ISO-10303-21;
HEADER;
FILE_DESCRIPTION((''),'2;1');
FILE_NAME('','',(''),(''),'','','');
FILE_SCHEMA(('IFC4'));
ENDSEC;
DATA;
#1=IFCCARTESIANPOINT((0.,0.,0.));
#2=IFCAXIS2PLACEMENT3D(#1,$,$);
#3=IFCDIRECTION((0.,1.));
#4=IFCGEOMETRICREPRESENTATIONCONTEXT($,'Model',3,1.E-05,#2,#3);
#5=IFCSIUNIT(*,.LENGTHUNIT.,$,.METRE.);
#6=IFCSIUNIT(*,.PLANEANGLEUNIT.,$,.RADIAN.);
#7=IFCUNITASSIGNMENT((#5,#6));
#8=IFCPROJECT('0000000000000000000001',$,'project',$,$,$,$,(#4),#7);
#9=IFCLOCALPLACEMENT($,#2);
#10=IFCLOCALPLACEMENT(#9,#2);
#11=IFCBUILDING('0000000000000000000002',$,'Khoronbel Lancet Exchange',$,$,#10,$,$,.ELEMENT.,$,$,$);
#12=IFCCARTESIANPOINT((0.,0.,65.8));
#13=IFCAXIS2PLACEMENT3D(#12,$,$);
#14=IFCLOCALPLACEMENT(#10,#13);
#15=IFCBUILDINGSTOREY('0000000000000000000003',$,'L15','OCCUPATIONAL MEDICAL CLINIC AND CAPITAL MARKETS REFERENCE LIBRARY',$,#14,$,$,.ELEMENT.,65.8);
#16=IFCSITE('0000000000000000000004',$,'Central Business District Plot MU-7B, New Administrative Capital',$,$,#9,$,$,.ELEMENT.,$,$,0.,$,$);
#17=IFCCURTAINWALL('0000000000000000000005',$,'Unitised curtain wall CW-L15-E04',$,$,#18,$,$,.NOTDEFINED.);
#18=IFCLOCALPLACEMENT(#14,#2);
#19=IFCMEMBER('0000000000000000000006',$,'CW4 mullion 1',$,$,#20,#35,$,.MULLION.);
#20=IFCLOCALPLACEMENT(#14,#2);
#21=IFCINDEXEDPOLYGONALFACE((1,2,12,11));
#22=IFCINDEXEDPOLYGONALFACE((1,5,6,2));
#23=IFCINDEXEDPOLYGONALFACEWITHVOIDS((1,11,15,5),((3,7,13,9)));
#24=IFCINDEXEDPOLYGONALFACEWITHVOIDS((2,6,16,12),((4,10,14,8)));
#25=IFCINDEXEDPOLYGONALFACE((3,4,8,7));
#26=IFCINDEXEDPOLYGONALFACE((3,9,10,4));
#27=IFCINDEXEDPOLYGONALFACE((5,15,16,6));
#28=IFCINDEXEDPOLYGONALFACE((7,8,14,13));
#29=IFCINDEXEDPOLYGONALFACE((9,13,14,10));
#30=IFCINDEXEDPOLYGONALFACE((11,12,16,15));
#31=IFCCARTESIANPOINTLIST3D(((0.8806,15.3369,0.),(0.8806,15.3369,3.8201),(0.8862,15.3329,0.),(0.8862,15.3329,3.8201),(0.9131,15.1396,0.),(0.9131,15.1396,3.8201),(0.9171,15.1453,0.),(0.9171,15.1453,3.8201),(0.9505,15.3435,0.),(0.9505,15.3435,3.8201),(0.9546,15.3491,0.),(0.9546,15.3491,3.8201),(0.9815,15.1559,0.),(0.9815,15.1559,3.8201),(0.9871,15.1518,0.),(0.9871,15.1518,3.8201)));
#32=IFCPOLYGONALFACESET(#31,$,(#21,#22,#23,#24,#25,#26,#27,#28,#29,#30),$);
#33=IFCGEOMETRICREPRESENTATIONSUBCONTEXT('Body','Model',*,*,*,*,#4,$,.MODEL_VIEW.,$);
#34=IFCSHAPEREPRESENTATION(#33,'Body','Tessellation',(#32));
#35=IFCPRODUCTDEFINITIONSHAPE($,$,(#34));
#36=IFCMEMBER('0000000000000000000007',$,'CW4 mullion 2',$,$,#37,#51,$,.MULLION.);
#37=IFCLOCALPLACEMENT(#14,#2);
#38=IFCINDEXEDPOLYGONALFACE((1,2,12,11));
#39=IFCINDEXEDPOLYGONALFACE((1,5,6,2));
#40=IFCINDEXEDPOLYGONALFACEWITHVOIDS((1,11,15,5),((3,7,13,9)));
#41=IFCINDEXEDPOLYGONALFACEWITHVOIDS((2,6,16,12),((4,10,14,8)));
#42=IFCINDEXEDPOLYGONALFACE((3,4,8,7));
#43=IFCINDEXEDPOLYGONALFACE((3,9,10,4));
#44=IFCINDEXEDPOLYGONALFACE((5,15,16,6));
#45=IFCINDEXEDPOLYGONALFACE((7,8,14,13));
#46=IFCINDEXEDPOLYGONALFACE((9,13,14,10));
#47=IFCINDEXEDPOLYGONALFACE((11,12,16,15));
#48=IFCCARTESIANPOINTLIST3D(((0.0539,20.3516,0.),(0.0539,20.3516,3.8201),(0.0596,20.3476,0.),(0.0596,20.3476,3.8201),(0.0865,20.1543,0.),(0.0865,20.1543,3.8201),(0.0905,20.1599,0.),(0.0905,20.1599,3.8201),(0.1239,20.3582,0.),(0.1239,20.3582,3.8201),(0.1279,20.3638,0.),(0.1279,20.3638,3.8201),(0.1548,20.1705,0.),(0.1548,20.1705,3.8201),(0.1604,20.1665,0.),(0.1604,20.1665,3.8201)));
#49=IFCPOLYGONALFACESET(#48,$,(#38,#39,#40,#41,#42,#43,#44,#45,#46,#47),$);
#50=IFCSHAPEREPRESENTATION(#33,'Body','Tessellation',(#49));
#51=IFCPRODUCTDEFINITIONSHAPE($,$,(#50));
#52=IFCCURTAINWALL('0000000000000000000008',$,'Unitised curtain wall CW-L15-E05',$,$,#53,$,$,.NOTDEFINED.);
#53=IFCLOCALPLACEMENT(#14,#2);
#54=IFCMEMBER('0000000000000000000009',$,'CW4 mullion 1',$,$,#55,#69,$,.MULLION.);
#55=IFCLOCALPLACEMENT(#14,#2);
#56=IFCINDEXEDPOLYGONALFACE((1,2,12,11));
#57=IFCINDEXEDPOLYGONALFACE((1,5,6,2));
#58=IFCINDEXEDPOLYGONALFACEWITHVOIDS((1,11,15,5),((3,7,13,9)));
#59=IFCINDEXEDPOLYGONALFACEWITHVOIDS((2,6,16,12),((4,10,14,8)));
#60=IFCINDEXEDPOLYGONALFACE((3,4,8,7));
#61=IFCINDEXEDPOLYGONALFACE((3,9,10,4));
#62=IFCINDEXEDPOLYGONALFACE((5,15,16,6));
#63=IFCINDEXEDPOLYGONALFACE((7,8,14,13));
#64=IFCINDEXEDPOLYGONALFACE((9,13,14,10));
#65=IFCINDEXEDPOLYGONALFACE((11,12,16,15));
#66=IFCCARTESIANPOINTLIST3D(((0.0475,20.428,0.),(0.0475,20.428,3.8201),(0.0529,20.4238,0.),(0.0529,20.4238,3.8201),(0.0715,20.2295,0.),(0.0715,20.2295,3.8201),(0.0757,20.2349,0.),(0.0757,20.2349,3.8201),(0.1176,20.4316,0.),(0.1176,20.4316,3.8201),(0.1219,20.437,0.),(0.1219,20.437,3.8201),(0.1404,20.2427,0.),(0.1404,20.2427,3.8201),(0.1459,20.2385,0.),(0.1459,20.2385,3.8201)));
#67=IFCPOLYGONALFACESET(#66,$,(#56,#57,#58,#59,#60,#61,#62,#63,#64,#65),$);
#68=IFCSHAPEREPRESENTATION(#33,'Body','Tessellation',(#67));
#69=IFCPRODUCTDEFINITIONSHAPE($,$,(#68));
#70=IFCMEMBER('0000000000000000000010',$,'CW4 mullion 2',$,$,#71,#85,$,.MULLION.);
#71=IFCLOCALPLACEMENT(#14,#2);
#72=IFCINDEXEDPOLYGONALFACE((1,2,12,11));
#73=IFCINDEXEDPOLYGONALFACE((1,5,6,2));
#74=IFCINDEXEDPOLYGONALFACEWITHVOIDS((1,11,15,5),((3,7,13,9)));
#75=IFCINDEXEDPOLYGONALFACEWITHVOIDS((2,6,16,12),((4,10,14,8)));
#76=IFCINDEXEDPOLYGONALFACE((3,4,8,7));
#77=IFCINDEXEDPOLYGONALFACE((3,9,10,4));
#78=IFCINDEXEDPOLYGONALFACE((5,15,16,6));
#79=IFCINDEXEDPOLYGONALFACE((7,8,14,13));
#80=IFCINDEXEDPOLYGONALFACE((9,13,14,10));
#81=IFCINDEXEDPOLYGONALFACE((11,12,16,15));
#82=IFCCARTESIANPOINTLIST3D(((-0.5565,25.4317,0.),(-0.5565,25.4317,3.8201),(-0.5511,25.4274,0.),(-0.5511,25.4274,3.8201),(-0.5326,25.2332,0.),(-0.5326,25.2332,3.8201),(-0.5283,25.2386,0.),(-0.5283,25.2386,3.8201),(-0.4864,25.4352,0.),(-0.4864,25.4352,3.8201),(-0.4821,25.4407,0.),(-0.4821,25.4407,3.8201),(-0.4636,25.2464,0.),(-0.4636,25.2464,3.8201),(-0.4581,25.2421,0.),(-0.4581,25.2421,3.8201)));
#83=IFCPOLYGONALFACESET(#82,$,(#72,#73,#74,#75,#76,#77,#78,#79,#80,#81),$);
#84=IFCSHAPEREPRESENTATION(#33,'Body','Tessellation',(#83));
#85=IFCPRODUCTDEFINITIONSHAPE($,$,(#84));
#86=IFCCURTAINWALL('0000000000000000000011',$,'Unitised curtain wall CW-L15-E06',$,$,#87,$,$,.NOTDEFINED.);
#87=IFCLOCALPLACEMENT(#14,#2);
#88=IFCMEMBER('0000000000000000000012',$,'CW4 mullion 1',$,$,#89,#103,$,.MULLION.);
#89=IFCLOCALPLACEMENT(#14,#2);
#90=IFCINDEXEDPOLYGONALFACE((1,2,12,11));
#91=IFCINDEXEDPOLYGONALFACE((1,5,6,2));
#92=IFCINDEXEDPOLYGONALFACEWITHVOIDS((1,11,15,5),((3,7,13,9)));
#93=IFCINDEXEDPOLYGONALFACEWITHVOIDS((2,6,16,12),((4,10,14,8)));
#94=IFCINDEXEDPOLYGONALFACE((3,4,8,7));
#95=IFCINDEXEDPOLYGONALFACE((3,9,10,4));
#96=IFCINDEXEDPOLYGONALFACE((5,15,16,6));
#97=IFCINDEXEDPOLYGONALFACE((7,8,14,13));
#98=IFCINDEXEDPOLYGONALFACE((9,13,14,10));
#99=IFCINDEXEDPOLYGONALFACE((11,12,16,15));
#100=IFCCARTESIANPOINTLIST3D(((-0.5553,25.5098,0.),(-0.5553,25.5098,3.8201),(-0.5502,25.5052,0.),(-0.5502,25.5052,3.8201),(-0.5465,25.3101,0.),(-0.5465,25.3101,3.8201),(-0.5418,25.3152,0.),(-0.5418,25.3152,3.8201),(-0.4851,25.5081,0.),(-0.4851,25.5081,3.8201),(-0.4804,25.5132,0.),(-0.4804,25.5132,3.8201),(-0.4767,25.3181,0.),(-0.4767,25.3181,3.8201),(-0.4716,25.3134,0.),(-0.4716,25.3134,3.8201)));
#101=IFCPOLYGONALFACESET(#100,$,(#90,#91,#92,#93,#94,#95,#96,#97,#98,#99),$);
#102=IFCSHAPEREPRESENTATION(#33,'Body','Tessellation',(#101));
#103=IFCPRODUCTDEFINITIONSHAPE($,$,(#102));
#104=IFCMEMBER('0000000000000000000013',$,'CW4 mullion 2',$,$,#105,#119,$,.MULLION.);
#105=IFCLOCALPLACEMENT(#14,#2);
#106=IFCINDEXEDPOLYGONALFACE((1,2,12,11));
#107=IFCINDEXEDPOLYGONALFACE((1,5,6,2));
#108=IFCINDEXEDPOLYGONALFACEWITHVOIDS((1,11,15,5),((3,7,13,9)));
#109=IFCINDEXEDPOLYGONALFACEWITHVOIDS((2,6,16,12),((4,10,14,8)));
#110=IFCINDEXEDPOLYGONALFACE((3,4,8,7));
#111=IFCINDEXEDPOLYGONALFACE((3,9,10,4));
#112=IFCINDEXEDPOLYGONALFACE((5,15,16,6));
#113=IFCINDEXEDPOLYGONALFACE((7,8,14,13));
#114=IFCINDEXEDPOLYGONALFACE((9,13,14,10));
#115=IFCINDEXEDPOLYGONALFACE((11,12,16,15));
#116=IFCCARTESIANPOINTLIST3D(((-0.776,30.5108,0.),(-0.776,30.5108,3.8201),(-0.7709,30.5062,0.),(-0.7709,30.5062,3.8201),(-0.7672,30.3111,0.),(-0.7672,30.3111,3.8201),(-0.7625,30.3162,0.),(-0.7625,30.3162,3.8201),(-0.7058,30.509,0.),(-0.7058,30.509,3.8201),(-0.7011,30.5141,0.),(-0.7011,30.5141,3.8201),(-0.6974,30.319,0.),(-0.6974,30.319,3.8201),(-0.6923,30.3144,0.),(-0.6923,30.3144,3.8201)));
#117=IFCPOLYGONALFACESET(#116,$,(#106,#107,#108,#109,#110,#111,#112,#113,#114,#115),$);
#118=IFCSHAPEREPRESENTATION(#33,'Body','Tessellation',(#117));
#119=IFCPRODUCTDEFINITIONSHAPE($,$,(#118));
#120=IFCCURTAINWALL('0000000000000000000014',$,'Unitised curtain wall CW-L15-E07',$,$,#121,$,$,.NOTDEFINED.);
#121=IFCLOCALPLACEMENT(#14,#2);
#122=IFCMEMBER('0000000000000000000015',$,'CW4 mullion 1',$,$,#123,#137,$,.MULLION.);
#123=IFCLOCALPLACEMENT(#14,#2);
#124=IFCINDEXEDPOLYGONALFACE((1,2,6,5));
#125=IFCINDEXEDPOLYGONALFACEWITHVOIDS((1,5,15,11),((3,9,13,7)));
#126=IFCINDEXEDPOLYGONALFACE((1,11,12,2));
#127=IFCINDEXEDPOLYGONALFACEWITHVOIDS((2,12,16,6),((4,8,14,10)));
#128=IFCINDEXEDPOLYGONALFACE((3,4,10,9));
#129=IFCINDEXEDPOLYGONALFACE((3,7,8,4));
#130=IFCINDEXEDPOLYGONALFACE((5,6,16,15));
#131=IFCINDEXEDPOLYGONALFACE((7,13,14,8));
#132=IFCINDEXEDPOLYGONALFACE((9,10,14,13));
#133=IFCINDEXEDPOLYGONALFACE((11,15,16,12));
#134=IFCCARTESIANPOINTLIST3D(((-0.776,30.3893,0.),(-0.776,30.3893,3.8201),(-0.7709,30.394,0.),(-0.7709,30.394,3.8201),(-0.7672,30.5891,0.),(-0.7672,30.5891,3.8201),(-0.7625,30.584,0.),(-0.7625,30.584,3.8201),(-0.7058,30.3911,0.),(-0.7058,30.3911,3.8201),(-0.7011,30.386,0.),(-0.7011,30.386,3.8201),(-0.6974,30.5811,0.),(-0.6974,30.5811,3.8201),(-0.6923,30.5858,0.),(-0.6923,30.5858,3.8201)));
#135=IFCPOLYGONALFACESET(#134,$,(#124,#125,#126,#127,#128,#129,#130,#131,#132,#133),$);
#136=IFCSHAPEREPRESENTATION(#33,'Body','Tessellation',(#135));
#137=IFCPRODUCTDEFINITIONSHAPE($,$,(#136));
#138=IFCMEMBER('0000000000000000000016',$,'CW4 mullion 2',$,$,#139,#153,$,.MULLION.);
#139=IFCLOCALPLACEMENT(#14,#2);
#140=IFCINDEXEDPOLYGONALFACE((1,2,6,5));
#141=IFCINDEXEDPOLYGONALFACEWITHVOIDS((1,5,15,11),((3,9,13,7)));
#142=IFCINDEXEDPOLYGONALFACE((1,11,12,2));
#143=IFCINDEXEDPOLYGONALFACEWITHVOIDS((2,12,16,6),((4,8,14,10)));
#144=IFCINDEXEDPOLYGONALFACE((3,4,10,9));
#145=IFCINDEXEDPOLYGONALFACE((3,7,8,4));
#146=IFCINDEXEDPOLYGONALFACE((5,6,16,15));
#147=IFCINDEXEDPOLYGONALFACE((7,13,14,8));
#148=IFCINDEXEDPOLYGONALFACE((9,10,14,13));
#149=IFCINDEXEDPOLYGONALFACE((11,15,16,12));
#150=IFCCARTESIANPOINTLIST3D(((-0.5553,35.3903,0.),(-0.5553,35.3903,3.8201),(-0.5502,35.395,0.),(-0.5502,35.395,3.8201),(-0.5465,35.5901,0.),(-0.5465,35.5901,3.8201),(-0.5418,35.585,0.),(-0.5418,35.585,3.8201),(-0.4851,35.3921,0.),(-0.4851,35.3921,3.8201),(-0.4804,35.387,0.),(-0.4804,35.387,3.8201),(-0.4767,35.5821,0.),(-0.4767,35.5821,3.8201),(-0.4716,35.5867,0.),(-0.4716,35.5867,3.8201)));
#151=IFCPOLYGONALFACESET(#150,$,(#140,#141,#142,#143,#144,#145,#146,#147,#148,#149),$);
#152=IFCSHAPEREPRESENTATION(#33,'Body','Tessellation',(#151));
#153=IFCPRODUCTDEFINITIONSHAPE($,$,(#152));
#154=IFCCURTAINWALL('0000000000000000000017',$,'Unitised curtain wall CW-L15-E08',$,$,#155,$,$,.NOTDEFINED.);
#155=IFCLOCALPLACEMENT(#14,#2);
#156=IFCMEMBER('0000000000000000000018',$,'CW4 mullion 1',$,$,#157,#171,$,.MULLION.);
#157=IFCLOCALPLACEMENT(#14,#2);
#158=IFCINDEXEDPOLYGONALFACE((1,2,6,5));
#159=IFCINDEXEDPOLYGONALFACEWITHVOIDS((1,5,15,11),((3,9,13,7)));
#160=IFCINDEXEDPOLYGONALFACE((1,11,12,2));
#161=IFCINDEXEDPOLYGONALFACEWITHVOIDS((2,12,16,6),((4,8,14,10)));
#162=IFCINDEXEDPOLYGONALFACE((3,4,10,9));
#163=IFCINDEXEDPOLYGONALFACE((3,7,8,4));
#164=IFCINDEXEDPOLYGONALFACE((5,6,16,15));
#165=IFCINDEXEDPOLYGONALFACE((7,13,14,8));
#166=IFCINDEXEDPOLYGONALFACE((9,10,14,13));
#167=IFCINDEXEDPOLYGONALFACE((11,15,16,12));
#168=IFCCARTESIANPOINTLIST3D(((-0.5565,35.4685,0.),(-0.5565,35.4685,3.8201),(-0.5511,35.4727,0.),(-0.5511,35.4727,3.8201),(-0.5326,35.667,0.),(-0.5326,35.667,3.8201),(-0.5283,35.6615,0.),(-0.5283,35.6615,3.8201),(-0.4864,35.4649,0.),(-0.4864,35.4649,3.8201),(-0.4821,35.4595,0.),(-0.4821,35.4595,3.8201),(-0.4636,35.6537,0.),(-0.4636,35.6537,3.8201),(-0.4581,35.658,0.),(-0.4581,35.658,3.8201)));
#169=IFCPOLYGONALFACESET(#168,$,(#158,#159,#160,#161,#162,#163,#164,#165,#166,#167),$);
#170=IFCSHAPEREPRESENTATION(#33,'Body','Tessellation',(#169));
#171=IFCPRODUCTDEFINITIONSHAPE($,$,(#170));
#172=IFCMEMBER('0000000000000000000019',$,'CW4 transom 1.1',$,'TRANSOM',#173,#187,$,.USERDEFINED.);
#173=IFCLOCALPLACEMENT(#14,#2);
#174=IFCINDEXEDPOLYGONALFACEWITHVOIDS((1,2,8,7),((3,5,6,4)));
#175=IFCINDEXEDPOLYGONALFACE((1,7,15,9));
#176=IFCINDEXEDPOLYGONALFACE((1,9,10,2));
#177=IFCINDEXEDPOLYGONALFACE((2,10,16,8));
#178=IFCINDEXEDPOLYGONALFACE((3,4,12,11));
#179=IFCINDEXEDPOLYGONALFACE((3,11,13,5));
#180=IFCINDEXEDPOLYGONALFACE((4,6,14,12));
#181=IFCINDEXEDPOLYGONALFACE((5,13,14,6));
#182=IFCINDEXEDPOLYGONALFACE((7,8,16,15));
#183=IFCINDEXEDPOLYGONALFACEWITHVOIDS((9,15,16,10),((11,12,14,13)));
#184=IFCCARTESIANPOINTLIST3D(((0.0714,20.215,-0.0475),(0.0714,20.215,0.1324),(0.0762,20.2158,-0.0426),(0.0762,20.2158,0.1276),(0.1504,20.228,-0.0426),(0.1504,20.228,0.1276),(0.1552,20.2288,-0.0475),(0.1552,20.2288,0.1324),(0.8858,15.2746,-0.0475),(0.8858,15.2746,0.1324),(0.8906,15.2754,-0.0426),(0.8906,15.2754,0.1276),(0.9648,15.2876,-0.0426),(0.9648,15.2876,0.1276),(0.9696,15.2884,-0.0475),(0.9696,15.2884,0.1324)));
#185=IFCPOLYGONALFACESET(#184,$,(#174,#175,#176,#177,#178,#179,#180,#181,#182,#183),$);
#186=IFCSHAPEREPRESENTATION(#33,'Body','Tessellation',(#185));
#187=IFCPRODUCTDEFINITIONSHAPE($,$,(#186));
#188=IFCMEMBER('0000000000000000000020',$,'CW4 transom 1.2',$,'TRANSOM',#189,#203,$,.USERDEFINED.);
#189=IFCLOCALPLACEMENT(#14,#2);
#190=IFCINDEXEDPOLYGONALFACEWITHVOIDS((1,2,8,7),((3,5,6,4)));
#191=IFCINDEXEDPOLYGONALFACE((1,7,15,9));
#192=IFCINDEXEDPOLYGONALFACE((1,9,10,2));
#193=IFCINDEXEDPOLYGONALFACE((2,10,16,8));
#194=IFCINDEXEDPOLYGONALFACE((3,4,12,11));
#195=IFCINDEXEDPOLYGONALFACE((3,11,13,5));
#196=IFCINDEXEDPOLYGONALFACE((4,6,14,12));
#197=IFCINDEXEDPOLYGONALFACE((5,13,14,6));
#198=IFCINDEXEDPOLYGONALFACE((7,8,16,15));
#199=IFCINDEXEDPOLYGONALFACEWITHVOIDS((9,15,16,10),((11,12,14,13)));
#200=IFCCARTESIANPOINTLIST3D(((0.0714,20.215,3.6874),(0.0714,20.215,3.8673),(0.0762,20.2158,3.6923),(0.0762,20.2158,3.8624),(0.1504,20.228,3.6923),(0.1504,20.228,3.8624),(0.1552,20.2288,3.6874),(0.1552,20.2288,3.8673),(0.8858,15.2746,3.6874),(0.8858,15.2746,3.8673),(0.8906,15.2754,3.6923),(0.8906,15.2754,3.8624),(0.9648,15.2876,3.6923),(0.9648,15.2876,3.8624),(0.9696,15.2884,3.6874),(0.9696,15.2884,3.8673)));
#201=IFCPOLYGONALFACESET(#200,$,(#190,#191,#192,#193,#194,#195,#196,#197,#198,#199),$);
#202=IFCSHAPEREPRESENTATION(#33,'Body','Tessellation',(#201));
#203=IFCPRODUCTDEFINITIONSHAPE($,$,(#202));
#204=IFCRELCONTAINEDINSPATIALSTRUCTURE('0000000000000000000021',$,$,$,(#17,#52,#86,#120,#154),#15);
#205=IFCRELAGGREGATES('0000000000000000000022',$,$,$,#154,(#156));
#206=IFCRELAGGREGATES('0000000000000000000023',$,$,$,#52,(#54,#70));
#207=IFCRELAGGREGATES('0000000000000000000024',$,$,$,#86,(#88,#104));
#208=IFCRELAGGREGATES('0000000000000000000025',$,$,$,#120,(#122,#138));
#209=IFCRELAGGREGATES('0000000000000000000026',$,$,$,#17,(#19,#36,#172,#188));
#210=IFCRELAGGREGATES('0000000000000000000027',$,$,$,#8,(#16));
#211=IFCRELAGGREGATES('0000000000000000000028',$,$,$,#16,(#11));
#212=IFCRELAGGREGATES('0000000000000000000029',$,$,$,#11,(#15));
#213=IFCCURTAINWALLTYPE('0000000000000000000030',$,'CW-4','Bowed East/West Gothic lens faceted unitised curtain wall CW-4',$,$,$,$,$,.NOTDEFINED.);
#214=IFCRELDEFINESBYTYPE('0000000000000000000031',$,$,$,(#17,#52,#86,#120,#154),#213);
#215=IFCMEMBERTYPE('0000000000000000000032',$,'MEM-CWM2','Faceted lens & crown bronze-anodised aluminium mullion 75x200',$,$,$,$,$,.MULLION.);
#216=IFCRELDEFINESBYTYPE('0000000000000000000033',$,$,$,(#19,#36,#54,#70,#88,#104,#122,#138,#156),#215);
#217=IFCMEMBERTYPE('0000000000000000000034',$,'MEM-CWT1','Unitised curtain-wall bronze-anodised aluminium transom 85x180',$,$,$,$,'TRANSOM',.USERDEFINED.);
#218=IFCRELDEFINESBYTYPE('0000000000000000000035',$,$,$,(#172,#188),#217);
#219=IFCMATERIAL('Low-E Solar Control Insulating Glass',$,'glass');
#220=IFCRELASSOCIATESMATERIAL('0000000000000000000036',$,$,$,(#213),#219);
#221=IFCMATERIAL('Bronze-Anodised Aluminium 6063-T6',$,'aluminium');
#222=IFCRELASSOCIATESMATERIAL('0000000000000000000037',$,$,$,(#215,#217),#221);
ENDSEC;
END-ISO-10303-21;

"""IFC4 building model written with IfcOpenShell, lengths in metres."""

from ifc_helpers import new_model, si_unit, direction, frame, origin, origin_2d, place, context, subcontext, project, spatial, hollow_rectangle, extrude, material, material_profile, profile_set, type_object, element, aggregate, save


model = new_model("IFC4")

# Units and contexts
model_context = context("Model", 3, precision=1e-05, world=origin(), true_north=direction((0.0, 1.0)))
body_context = subcontext(model_context, "Body", "Model", "MODEL_VIEW")
ifc_project = project(units=[si_unit("LENGTHUNIT", "METRE"), si_unit("PLANEANGLEUNIT", "RADIAN")], contexts=[model_context])

# Site, building, storey
site_placement = place(None, origin())
site = spatial("IfcSite", under=ifc_project, at=site_placement, Name="Central Business District Plot MU-7B, New Administrative Capital", CompositionType="ELEMENT", RefElevation=0.0)
building_placement = place(site_placement, origin())
building = spatial("IfcBuilding", under=site, at=building_placement, Name="Khoronbel Lancet Exchange", CompositionType="ELEMENT")
storey_placement = place(building_placement, frame((0.0, 0.0, 65.8)))
storey = spatial("IfcBuildingStorey", under=building, at=storey_placement, Name="L15", Description="OCCUPATIONAL MEDICAL CLINIC AND CAPITAL MARKETS REFERENCE LIBRARY", CompositionType="ELEMENT", Elevation=65.8)

# Curtain walls, members
ifc_material_1 = material(Name="Low-E Solar Control Insulating Glass", Category="glass")
curtain_wall_type = type_object("IfcCurtainWallType", Name="CW-4", Description="Bowed East/West Gothic lens faceted unitised curtain wall CW-4", PredefinedType="NOTDEFINED", material=ifc_material_1)
curtain_wall_1_placement = place(storey_placement, origin())
curtain_wall_1 = element("IfcCurtainWall", 1, at=curtain_wall_1_placement, inside=storey, type_object=curtain_wall_type, Name="Unitised curtain wall CW-L15-E04", PredefinedType="NOTDEFINED")
ifc_material_2 = material(Name="Bronze-Anodised Aluminium 6063-T6", Category="aluminium")
ifc_material_profile_1 = material_profile(ifc_material_2, hollow_rectangle(XDim=0.075, YDim=0.2, WallThickness=0.0049, at=origin_2d()), Name="ALU MULLION 75x200")
ifc_profile_set_1 = profile_set([ifc_material_profile_1], Name="Bronze-Anodised Aluminium 6063-T6")
member_type_1 = type_object("IfcMemberType", Name="MEM-CWM2", Description="Faceted lens & crown bronze-anodised aluminium mullion 75x200", PredefinedType="MULLION", material=ifc_profile_set_1)
member_1_placement = place(storey_placement, frame((0.9338, 15.2444, 0.0), z_axis=(0.0, 0.0, 1.0), x_axis=(-0.986682, -0.162663, 0.0)))
member_1 = element("IfcMember", 2, at=member_1_placement, type_object=member_type_1, Name="CW4 mullion 1", PredefinedType="MULLION", context=body_context, shape_type="SweptSolid", body=[
    extrude(hollow_rectangle(XDim=0.075, YDim=0.2, WallThickness=0.0049, at=origin_2d()), origin(), (0.0, 0.0, 1.0), 3.8201),
])
member_2_placement = place(storey_placement, frame((0.1072, 20.259, 0.0), z_axis=(0.0, 0.0, 1.0), x_axis=(-0.986682, -0.162663, 0.0)))
member_2 = element("IfcMember", 3, at=member_2_placement, type_object=member_type_1, Name="CW4 mullion 2", PredefinedType="MULLION", context=body_context, shape_type="SweptSolid", body=[
    extrude(hollow_rectangle(XDim=0.075, YDim=0.2, WallThickness=0.0049, at=origin_2d()), origin(), (0.0, 0.0, 1.0), 3.8201),
])
curtain_wall_2_placement = place(storey_placement, origin())
curtain_wall_2 = element("IfcCurtainWall", 4, at=curtain_wall_2_placement, inside=storey, type_object=curtain_wall_type, Name="Unitised curtain wall CW-L15-E05", PredefinedType="NOTDEFINED")
member_3_placement = place(storey_placement, frame((0.0967, 20.3333, 0.0), z_axis=(0.0, 0.0, 1.0), x_axis=(-0.992797, -0.119806, 0.0)))
member_3 = element("IfcMember", 5, at=member_3_placement, type_object=member_type_1, Name="CW4 mullion 1", PredefinedType="MULLION", context=body_context, shape_type="SweptSolid", body=[
    extrude(hollow_rectangle(XDim=0.075, YDim=0.2, WallThickness=0.0049, at=origin_2d()), origin(), (0.0, 0.0, 1.0), 3.8201),
])
member_4_placement = place(storey_placement, frame((-0.5073, 25.3369, 0.0), z_axis=(0.0, 0.0, 1.0), x_axis=(-0.992797, -0.119806, 0.0)))
member_4 = element("IfcMember", 6, at=member_4_placement, type_object=member_type_1, Name="CW4 mullion 2", PredefinedType="MULLION", context=body_context, shape_type="SweptSolid", body=[
    extrude(hollow_rectangle(XDim=0.075, YDim=0.2, WallThickness=0.0049, at=origin_2d()), origin(), (0.0, 0.0, 1.0), 3.8201),
])
curtain_wall_3_placement = place(storey_placement, origin())
curtain_wall_3 = element("IfcCurtainWall", 7, at=curtain_wall_3_placement, inside=storey, type_object=curtain_wall_type, Name="Unitised curtain wall CW-L15-E06", PredefinedType="NOTDEFINED")
member_5_placement = place(storey_placement, frame((-0.5134, 25.4116, 0.0), z_axis=(0.0, 0.0, 1.0), x_axis=(-0.999026, -0.044126, 0.0)))
member_5 = element("IfcMember", 8, at=member_5_placement, type_object=member_type_1, Name="CW4 mullion 1", PredefinedType="MULLION", context=body_context, shape_type="SweptSolid", body=[
    extrude(hollow_rectangle(XDim=0.075, YDim=0.2, WallThickness=0.0049, at=origin_2d()), origin(), (0.0, 0.0, 1.0), 3.8201),
])
member_6_placement = place(storey_placement, frame((-0.7341, 30.4126, 0.0), z_axis=(0.0, 0.0, 1.0), x_axis=(-0.999026, -0.044126, 0.0)))
member_6 = element("IfcMember", 9, at=member_6_placement, type_object=member_type_1, Name="CW4 mullion 2", PredefinedType="MULLION", context=body_context, shape_type="SweptSolid", body=[
    extrude(hollow_rectangle(XDim=0.075, YDim=0.2, WallThickness=0.0049, at=origin_2d()), origin(), (0.0, 0.0, 1.0), 3.8201),
])
curtain_wall_4_placement = place(storey_placement, origin())
curtain_wall_4 = element("IfcCurtainWall", 10, at=curtain_wall_4_placement, inside=storey, type_object=curtain_wall_type, Name="Unitised curtain wall CW-L15-E07", PredefinedType="NOTDEFINED")
member_7_placement = place(storey_placement, frame((-0.7341, 30.4875, 0.0), z_axis=(0.0, 0.0, 1.0), x_axis=(-0.999026, 0.044126, 0.0)))
member_7 = element("IfcMember", 11, at=member_7_placement, type_object=member_type_1, Name="CW4 mullion 1", PredefinedType="MULLION", context=body_context, shape_type="SweptSolid", body=[
    extrude(hollow_rectangle(XDim=0.075, YDim=0.2, WallThickness=0.0049, at=origin_2d()), origin(), (0.0, 0.0, 1.0), 3.8201),
])
member_8_placement = place(storey_placement, frame((-0.5134, 35.4885, 0.0), z_axis=(0.0, 0.0, 1.0), x_axis=(-0.999026, 0.044126, 0.0)))
member_8 = element("IfcMember", 12, at=member_8_placement, type_object=member_type_1, Name="CW4 mullion 2", PredefinedType="MULLION", context=body_context, shape_type="SweptSolid", body=[
    extrude(hollow_rectangle(XDim=0.075, YDim=0.2, WallThickness=0.0049, at=origin_2d()), origin(), (0.0, 0.0, 1.0), 3.8201),
])

# Curtain wall, member
curtain_wall_5_placement = place(storey_placement, origin())
curtain_wall_5 = element("IfcCurtainWall", 13, at=curtain_wall_5_placement, inside=storey, type_object=curtain_wall_type, Name="Unitised curtain wall CW-L15-E08", PredefinedType="NOTDEFINED")
member_9_placement = place(storey_placement, frame((-0.5073, 35.5632, 0.0), z_axis=(0.0, 0.0, 1.0), x_axis=(-0.992797, 0.119806, 0.0)))
member_9 = element("IfcMember", 14, at=member_9_placement, type_object=member_type_1, Name="CW4 mullion 1", PredefinedType="MULLION", context=body_context, shape_type="SweptSolid", body=[
    extrude(hollow_rectangle(XDim=0.075, YDim=0.2, WallThickness=0.0049, at=origin_2d()), origin(), (0.0, 0.0, 1.0), 3.8201),
])

# Members
ifc_material_profile_2 = material_profile(ifc_material_2, hollow_rectangle(XDim=0.085, YDim=0.1799, WallThickness=0.0049, at=origin_2d()), Name="ALU TRANSOM 85x180")
ifc_profile_set_2 = profile_set([ifc_material_profile_2], Name="Bronze-Anodised Aluminium 6063-T6")
member_type_2 = type_object("IfcMemberType", Name="MEM-CWT1", Description="Unitised curtain-wall bronze-anodised aluminium transom 85x180", ElementType="TRANSOM", PredefinedType="USERDEFINED", material=ifc_profile_set_2)
member_10_placement = place(storey_placement, frame((0.9277, 15.2815, 0.0425), z_axis=(-0.162659, 0.986682, 0.0), x_axis=(-0.986682, -0.162659, 0.0)))
member_10 = element("IfcMember", 15, at=member_10_placement, type_object=member_type_2, Name="CW4 transom 1.1", ObjectType="TRANSOM", PredefinedType="USERDEFINED", context=body_context, shape_type="SweptSolid", body=[
    extrude(hollow_rectangle(XDim=0.085, YDim=0.1799, WallThickness=0.0049, at=origin_2d()), origin(), (0.0, 0.0, 1.0), 5.0071),
])
member_11_placement = place(storey_placement, frame((0.9277, 15.2815, 3.7773), z_axis=(-0.162659, 0.986682, 0.0), x_axis=(-0.986682, -0.162659, 0.0)))
member_11 = element("IfcMember", 16, at=member_11_placement, type_object=member_type_2, Name="CW4 transom 1.2", ObjectType="TRANSOM", PredefinedType="USERDEFINED", context=body_context, shape_type="SweptSolid", body=[
    extrude(hollow_rectangle(XDim=0.085, YDim=0.1799, WallThickness=0.0049, at=origin_2d()), origin(), (0.0, 0.0, 1.0), 5.0071),
])
aggregate(curtain_wall_5, [member_9])

aggregate(curtain_wall_2, [member_3, member_4])
aggregate(curtain_wall_3, [member_5, member_6])
aggregate(curtain_wall_4, [member_7, member_8])
aggregate(curtain_wall_1, [member_1, member_2, member_10, member_11])

save(model, "model.ifc")
